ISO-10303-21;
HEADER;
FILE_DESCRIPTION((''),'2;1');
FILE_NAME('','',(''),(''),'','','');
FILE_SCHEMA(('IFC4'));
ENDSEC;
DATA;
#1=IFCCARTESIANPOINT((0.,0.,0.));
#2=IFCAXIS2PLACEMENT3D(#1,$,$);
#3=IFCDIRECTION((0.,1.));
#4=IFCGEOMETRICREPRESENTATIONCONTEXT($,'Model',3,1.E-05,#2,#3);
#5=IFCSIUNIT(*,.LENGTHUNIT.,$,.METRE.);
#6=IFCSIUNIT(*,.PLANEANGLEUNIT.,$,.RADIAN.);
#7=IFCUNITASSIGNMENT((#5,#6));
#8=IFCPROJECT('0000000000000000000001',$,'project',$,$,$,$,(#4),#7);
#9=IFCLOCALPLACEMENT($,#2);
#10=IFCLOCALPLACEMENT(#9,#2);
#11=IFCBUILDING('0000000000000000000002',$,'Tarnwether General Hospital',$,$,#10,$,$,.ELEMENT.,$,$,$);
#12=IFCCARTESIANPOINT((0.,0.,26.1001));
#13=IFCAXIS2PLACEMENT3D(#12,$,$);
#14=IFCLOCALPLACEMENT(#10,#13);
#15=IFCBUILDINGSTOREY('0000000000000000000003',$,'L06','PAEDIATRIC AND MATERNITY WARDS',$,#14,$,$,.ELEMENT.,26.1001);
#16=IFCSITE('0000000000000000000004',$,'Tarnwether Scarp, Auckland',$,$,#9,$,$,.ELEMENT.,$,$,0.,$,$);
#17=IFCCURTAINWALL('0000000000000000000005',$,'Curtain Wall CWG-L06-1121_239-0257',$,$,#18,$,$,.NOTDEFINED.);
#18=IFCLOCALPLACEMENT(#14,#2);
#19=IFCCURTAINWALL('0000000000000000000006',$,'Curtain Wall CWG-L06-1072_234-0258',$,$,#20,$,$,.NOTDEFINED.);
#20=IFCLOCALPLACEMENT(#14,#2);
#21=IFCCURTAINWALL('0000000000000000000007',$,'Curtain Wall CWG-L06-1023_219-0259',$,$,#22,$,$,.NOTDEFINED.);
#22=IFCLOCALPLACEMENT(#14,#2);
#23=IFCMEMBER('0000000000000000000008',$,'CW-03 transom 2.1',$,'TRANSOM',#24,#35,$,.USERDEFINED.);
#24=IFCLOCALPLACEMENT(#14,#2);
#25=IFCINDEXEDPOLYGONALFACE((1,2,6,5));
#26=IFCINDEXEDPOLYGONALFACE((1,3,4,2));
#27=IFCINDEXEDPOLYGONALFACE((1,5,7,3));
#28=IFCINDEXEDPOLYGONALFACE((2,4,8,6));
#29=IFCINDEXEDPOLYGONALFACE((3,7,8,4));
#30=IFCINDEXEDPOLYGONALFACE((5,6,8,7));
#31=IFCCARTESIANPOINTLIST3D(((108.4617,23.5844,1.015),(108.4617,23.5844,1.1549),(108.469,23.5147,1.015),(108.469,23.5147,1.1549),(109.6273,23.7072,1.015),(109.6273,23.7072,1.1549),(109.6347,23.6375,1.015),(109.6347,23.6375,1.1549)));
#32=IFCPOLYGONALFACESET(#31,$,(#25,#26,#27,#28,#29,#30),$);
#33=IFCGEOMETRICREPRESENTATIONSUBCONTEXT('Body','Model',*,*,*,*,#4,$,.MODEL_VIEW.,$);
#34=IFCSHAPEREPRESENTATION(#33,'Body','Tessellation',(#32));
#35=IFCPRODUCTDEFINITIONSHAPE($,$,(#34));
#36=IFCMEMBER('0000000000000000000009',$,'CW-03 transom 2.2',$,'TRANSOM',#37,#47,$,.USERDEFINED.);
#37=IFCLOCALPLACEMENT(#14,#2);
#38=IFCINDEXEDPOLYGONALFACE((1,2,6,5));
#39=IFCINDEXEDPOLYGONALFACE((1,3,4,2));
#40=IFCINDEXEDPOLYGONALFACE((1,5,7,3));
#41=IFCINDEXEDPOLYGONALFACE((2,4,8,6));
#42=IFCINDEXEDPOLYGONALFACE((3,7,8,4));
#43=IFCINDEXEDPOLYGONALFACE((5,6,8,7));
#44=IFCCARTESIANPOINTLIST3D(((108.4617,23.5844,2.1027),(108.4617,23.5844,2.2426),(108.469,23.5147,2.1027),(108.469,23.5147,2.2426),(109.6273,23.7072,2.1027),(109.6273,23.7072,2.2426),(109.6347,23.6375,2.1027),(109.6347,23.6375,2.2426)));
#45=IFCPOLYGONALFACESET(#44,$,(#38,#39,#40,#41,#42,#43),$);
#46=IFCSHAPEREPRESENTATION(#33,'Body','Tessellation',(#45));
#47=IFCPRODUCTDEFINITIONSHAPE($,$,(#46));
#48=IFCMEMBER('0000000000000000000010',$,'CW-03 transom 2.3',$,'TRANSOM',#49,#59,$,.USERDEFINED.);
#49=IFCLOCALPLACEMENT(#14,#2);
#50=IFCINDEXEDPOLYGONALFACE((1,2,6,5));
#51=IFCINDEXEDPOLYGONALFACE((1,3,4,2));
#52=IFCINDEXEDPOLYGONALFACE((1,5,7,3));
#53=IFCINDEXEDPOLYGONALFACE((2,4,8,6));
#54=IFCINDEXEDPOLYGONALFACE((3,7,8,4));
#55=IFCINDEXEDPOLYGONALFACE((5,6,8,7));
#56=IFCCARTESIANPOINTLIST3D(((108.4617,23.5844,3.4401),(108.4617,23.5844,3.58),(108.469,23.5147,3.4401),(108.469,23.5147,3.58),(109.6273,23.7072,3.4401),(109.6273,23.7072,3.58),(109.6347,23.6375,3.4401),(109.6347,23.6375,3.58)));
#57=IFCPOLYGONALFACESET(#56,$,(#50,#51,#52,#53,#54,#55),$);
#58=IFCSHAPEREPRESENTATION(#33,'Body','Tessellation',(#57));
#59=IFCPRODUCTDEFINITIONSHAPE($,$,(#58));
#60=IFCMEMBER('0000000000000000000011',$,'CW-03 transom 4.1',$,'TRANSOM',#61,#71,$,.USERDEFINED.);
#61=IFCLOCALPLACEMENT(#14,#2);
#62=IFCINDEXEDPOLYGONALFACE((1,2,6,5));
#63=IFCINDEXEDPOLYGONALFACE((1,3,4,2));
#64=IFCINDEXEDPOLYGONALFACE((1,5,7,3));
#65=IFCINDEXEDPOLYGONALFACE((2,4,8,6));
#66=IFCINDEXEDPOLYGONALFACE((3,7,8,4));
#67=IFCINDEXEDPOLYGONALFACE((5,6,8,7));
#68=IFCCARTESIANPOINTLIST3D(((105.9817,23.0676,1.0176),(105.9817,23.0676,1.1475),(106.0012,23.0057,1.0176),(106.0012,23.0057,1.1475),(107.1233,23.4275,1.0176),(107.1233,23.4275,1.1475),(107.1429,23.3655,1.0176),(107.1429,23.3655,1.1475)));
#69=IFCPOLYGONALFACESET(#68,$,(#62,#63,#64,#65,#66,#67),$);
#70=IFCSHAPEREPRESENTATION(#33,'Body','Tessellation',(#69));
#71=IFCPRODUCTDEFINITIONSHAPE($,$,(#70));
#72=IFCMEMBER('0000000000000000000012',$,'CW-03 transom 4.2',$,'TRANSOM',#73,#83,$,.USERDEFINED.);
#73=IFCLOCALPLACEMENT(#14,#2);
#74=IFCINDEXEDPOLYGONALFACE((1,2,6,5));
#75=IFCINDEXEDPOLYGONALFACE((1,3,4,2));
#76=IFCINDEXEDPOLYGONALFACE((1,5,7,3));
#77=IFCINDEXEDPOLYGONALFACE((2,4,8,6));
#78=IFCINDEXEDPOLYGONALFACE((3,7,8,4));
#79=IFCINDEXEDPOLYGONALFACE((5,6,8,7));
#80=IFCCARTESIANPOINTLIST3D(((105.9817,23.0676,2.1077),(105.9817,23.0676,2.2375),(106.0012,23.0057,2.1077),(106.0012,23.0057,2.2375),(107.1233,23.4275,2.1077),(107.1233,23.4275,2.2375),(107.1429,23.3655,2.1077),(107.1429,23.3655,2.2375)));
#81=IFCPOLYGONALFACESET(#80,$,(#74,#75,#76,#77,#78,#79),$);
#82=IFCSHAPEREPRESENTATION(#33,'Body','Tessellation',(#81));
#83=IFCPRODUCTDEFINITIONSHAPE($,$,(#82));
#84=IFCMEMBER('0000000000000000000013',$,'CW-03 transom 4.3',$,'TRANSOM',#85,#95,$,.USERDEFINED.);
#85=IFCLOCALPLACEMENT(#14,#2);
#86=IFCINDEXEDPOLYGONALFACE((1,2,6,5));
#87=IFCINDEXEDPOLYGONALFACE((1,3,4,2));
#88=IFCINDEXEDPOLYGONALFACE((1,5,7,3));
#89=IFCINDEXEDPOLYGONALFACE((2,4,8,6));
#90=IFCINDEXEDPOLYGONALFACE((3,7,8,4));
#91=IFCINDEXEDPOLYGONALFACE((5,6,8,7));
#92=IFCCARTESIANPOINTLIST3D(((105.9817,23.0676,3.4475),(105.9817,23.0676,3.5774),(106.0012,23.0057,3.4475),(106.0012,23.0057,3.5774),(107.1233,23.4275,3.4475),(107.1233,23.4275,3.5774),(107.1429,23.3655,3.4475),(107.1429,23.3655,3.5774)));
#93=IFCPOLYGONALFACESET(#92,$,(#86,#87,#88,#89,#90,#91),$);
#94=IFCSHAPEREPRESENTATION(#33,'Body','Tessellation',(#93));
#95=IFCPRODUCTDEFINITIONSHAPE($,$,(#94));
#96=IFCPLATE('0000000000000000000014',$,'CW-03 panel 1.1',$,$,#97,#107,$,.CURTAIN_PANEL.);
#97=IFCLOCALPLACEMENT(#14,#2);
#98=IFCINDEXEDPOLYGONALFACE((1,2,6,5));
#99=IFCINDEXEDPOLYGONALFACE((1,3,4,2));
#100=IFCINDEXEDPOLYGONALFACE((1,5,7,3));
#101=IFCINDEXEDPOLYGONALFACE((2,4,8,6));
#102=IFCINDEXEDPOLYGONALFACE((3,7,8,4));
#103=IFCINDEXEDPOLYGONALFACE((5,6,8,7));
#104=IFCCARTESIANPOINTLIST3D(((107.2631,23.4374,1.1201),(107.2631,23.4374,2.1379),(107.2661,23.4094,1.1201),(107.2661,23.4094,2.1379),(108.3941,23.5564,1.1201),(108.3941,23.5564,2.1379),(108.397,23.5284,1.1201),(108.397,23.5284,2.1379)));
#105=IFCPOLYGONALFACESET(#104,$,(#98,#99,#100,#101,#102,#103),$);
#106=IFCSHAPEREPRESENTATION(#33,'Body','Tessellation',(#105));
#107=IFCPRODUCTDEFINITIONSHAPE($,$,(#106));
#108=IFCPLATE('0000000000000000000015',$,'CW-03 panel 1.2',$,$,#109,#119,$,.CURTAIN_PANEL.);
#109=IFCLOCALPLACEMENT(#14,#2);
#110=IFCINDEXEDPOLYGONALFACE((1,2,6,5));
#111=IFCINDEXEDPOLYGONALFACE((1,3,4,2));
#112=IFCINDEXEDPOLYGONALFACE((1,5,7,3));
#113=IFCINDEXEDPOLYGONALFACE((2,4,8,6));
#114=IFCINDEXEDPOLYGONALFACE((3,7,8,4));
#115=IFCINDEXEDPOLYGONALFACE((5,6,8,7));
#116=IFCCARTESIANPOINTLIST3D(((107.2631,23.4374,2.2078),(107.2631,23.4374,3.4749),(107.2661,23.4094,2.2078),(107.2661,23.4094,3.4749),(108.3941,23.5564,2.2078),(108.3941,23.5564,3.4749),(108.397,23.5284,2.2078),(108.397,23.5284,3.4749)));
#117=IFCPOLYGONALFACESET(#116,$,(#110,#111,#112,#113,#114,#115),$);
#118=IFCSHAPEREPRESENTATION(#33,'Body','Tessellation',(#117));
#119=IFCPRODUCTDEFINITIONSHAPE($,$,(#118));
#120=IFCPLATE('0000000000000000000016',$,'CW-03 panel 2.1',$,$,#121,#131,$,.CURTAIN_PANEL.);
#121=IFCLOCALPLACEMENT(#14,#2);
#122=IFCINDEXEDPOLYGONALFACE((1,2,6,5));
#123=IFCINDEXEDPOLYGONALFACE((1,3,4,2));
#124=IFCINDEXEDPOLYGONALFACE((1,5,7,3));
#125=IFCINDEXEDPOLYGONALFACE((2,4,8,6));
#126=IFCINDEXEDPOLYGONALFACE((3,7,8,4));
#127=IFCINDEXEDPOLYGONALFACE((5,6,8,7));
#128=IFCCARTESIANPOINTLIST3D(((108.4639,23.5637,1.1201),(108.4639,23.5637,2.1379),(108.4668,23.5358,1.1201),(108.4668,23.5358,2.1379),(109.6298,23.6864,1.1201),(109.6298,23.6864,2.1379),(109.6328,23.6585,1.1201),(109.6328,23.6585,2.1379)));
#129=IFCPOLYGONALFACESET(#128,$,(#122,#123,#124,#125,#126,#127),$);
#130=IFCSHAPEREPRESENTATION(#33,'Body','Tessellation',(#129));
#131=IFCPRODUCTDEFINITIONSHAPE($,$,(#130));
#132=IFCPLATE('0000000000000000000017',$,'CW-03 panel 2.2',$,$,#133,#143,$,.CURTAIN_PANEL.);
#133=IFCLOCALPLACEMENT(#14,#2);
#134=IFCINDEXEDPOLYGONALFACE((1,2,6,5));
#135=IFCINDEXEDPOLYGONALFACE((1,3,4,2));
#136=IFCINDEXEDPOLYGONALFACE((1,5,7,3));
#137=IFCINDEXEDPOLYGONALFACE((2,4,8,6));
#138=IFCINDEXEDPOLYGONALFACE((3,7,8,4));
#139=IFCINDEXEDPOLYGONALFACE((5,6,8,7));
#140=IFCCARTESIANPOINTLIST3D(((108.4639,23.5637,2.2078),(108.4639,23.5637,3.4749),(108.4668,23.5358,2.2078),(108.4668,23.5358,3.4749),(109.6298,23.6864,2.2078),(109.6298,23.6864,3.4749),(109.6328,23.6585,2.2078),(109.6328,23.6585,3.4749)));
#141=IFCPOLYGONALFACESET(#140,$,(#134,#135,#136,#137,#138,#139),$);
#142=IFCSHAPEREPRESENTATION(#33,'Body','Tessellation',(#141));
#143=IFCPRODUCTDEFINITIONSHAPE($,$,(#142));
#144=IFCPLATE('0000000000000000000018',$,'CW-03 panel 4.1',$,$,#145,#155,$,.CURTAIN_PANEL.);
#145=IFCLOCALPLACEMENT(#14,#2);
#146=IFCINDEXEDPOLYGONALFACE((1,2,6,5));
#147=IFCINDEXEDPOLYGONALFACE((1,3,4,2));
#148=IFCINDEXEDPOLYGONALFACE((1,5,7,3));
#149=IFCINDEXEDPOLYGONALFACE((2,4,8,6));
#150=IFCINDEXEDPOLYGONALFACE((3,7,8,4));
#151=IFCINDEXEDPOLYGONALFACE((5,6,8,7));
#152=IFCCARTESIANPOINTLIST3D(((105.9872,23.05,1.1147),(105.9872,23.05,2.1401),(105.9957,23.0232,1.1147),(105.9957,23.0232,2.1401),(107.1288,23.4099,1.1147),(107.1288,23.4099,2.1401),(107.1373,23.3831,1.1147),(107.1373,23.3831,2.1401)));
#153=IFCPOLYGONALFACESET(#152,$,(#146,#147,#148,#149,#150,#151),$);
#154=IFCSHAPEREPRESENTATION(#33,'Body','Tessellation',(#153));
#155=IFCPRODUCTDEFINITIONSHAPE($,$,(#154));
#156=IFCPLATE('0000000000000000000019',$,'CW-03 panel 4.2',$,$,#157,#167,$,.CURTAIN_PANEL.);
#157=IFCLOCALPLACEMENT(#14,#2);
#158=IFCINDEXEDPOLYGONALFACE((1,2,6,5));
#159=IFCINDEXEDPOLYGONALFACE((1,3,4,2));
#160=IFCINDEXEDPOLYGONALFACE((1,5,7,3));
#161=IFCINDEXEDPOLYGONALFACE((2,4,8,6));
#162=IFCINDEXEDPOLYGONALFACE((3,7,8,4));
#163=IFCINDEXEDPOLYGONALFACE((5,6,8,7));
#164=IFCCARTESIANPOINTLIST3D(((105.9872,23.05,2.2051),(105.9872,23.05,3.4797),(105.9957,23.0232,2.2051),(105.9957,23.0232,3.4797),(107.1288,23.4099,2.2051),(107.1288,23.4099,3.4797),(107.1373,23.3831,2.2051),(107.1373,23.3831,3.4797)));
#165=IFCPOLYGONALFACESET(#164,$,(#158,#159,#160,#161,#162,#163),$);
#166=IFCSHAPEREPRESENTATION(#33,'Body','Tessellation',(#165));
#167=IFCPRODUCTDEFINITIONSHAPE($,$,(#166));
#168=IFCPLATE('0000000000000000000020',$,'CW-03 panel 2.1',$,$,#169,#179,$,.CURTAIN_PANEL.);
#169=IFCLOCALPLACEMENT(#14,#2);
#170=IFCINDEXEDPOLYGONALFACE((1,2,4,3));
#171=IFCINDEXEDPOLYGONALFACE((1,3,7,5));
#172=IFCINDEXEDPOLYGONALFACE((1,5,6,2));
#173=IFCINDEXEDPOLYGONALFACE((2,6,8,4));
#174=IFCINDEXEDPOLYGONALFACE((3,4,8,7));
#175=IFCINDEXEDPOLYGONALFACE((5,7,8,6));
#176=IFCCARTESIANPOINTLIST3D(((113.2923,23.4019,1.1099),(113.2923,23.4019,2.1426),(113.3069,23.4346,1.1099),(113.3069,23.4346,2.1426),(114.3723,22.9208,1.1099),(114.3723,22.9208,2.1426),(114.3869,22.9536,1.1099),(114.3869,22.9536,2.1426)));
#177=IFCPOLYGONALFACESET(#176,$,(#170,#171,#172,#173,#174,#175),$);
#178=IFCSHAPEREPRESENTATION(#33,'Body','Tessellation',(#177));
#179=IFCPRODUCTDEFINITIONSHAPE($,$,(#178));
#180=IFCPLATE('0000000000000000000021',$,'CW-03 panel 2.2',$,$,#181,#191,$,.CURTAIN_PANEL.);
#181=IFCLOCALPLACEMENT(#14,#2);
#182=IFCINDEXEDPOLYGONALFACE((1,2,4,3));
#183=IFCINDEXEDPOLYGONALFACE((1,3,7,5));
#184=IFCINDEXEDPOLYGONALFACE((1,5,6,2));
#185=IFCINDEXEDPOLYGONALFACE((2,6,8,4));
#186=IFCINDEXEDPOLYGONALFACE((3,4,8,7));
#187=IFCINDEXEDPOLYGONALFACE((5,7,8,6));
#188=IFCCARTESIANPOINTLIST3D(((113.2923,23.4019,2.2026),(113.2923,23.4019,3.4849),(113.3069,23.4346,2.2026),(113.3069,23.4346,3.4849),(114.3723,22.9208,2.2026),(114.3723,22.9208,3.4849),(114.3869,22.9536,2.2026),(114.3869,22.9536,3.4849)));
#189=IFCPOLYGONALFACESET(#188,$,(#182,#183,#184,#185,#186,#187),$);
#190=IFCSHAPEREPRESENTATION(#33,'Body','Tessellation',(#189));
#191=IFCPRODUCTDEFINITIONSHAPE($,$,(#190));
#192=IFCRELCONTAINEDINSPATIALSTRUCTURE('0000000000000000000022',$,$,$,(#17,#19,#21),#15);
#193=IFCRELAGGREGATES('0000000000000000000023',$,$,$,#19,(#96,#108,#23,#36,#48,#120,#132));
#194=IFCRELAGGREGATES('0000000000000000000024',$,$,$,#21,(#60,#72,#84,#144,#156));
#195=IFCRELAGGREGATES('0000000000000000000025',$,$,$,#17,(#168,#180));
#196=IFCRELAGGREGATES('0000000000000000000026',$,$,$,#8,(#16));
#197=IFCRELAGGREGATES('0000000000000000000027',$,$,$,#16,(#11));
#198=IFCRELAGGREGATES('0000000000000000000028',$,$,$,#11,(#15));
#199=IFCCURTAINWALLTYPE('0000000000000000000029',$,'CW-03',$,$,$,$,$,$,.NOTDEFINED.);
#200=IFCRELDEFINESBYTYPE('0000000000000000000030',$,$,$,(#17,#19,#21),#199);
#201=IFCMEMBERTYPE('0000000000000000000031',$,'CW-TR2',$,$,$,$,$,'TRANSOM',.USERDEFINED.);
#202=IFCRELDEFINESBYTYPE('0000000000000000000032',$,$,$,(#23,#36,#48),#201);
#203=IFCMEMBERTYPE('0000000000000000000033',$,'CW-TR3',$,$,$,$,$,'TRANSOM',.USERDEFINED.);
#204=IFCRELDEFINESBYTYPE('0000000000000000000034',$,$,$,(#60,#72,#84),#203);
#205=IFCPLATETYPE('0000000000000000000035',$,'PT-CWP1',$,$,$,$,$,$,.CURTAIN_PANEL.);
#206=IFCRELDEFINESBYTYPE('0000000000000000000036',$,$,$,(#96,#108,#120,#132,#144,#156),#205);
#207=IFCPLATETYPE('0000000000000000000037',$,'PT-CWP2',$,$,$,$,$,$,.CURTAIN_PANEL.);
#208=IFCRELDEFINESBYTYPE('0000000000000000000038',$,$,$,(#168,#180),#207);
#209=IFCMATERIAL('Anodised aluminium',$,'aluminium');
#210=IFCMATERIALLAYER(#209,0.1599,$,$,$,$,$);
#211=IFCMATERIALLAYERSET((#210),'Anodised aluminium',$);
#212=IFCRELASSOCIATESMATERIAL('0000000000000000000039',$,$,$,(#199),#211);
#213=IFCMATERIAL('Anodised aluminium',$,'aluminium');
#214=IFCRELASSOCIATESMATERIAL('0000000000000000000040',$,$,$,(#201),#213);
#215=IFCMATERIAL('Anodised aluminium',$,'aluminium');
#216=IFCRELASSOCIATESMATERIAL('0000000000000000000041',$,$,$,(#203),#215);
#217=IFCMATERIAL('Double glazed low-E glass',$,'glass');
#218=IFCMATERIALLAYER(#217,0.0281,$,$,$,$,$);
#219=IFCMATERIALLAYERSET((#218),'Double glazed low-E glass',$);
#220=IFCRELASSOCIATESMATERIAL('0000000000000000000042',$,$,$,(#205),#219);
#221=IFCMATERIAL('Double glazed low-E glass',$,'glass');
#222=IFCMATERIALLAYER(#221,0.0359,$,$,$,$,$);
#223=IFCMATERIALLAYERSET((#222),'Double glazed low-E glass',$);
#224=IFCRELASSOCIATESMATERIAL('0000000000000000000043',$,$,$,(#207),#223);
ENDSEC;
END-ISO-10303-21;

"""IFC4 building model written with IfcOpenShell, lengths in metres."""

from ifc_helpers import new_model, si_unit, direction, frame, origin, origin_2d, place, context, subcontext, project, spatial, rectangle, extrude, material, layer, layer_set, material_profile, profile_set, type_object, element, aggregate, save


model = new_model("IFC4")

# Units and contexts
model_context = context("Model", 3, precision=1e-05, world=origin(), true_north=direction((0.0, 1.0)))
body_context = subcontext(model_context, "Body", "Model", "MODEL_VIEW")
ifc_project = project(units=[si_unit("LENGTHUNIT", "METRE"), si_unit("PLANEANGLEUNIT", "RADIAN")], contexts=[model_context])

# Site, building, storey
site_placement = place(None, origin())
site = spatial("IfcSite", under=ifc_project, at=site_placement, Name="Tarnwether Scarp, Auckland", CompositionType="ELEMENT", RefElevation=0.0)
building_placement = place(site_placement, origin())
building = spatial("IfcBuilding", under=site, at=building_placement, Name="Tarnwether General Hospital", CompositionType="ELEMENT")
storey_placement = place(building_placement, frame((0.0, 0.0, 26.1001)))
storey = spatial("IfcBuildingStorey", under=building, at=storey_placement, Name="L06", Description="PAEDIATRIC AND MATERNITY WARDS", CompositionType="ELEMENT", Elevation=26.1001)

# Curtain walls
ifc_material_1 = material(Name="Anodised aluminium", Category="aluminium")
ifc_layer_1 = layer(ifc_material_1, 0.1599)
ifc_layer_set_1 = layer_set([ifc_layer_1], Name="Anodised aluminium")
curtain_wall_type = type_object("IfcCurtainWallType", Name="CW-03", PredefinedType="NOTDEFINED", material=ifc_layer_set_1)
curtain_wall_1_placement = place(storey_placement, origin())
curtain_wall_1 = element("IfcCurtainWall", 1, at=curtain_wall_1_placement, inside=storey, type_object=curtain_wall_type, Name="Curtain Wall CWG-L06-1121_239-0257", PredefinedType="NOTDEFINED")
curtain_wall_2_placement = place(storey_placement, origin())
curtain_wall_2 = element("IfcCurtainWall", 2, at=curtain_wall_2_placement, inside=storey, type_object=curtain_wall_type, Name="Curtain Wall CWG-L06-1072_234-0258", PredefinedType="NOTDEFINED")
curtain_wall_3_placement = place(storey_placement, origin())
curtain_wall_3 = element("IfcCurtainWall", 3, at=curtain_wall_3_placement, inside=storey, type_object=curtain_wall_type, Name="Curtain Wall CWG-L06-1023_219-0259", PredefinedType="NOTDEFINED")

# Members
ifc_material_2 = material(Name="Anodised aluminium", Category="aluminium")
ifc_material_profile_1 = material_profile(ifc_material_2, rectangle(XDim=0.0701, YDim=0.1399, at=origin_2d()), Name="ALU-TRN-70x140")
ifc_profile_set_1 = profile_set([ifc_material_profile_1], Name="Anodised aluminium")
member_type_1 = type_object("IfcMemberType", Name="CW-TR2", ElementType="TRANSOM", PredefinedType="USERDEFINED", material=ifc_profile_set_1)
member_1_placement = place(storey_placement, frame((108.4653, 23.5496, 1.085), z_axis=(0.994497, 0.104761, 0.0), x_axis=(-0.104761, 0.994497, 0.0)))
member_1 = element("IfcMember", 4, at=member_1_placement, type_object=member_type_1, Name="CW-03 transom 2.1", ObjectType="TRANSOM", PredefinedType="USERDEFINED", context=body_context, shape_type="SweptSolid", body=[
    extrude(rectangle(XDim=0.0701, YDim=0.1399, at=origin_2d()), origin(), (0.0, 0.0, 1.0), 1.1721),
])
member_2_placement = place(storey_placement, frame((108.4653, 23.5496, 2.1726), z_axis=(0.994497, 0.104761, 0.0), x_axis=(-0.104761, 0.994497, 0.0)))
member_2 = element("IfcMember", 5, at=member_2_placement, type_object=member_type_1, Name="CW-03 transom 2.2", ObjectType="TRANSOM", PredefinedType="USERDEFINED", context=body_context, shape_type="SweptSolid", body=[
    extrude(rectangle(XDim=0.0701, YDim=0.1399, at=origin_2d()), origin(), (0.0, 0.0, 1.0), 1.1721),
])
member_3_placement = place(storey_placement, frame((108.4653, 23.5496, 3.51), z_axis=(0.994497, 0.104761, 0.0), x_axis=(-0.104761, 0.994497, 0.0)))
member_3 = element("IfcMember", 6, at=member_3_placement, type_object=member_type_1, Name="CW-03 transom 2.3", ObjectType="TRANSOM", PredefinedType="USERDEFINED", context=body_context, shape_type="SweptSolid", body=[
    extrude(rectangle(XDim=0.0701, YDim=0.1399, at=origin_2d()), origin(), (0.0, 0.0, 1.0), 1.1721),
])
ifc_material_3 = material(Name="Anodised aluminium", Category="aluminium")
ifc_material_profile_2 = material_profile(ifc_material_3, rectangle(XDim=0.0649, YDim=0.1299, at=origin_2d()), Name="ALU-TRN-65x130")
ifc_profile_set_2 = profile_set([ifc_material_profile_2], Name="Anodised aluminium")
member_type_2 = type_object("IfcMemberType", Name="CW-TR3", ElementType="TRANSOM", PredefinedType="USERDEFINED", material=ifc_profile_set_2)
member_4_placement = place(storey_placement, frame((105.9915, 23.0366, 1.0825), z_axis=(0.953737, 0.300643, 0.0), x_axis=(-0.300643, 0.953737, 0.0)))
member_4 = element("IfcMember", 7, at=member_4_placement, type_object=member_type_2, Name="CW-03 transom 4.1", ObjectType="TRANSOM", PredefinedType="USERDEFINED", context=body_context, shape_type="SweptSolid", body=[
    extrude(rectangle(XDim=0.0649, YDim=0.1299, at=origin_2d()), origin(), (0.0, 0.0, 1.0), 1.197),
])
member_5_placement = place(storey_placement, frame((105.9915, 23.0366, 2.1726), z_axis=(0.953737, 0.300643, 0.0), x_axis=(-0.300643, 0.953737, 0.0)))
member_5 = element("IfcMember", 8, at=member_5_placement, type_object=member_type_2, Name="CW-03 transom 4.2", ObjectType="TRANSOM", PredefinedType="USERDEFINED", context=body_context, shape_type="SweptSolid", body=[
    extrude(rectangle(XDim=0.0649, YDim=0.1299, at=origin_2d()), origin(), (0.0, 0.0, 1.0), 1.197),
])
member_6_placement = place(storey_placement, frame((105.9915, 23.0366, 3.5125), z_axis=(0.953737, 0.300643, 0.0), x_axis=(-0.300643, 0.953737, 0.0)))
member_6 = element("IfcMember", 9, at=member_6_placement, type_object=member_type_2, Name="CW-03 transom 4.3", ObjectType="TRANSOM", PredefinedType="USERDEFINED", context=body_context, shape_type="SweptSolid", body=[
    extrude(rectangle(XDim=0.0649, YDim=0.1299, at=origin_2d()), origin(), (0.0, 0.0, 1.0), 1.197),
])

# Plates
ifc_material_4 = material(Name="Double glazed low-E glass", Category="glass")
ifc_layer_2 = layer(ifc_material_4, 0.0281)
ifc_layer_set_2 = layer_set([ifc_layer_2], Name="Double glazed low-E glass")
plate_type_1 = type_object("IfcPlateType", Name="PT-CWP1", PredefinedType="CURTAIN_PANEL", material=ifc_layer_set_2)
plate_1_placement = place(storey_placement, frame((107.8301, 23.4829, 1.1201), z_axis=(0.0, 0.0, 1.0), x_axis=(0.99451, 0.104643, 0.0)))
plate_1 = element("IfcPlate", 10, at=plate_1_placement, type_object=plate_type_1, Name="CW-03 panel 1.1", PredefinedType="CURTAIN_PANEL", context=body_context, shape_type="SweptSolid", body=[
    extrude(rectangle(XDim=1.1372, YDim=0.0281, at=origin_2d()), origin(), (0.0, 0.0, 1.0), 1.0178),
])
plate_2_placement = place(storey_placement, frame((107.8301, 23.4829, 2.2078), z_axis=(0.0, 0.0, 1.0), x_axis=(0.99451, 0.104643, 0.0)))
plate_2 = element("IfcPlate", 11, at=plate_2_placement, type_object=plate_type_1, Name="CW-03 panel 1.2", PredefinedType="CURTAIN_PANEL", context=body_context, shape_type="SweptSolid", body=[
    extrude(rectangle(XDim=1.1372, YDim=0.0281, at=origin_2d()), origin(), (0.0, 0.0, 1.0), 1.2671),
])
plate_3_placement = place(storey_placement, frame((109.0483, 23.6111, 1.1201), z_axis=(0.0, 0.0, 1.0), x_axis=(0.99451, 0.104643, 0.0)))
plate_3 = element("IfcPlate", 12, at=plate_3_placement, type_object=plate_type_1, Name="CW-03 panel 2.1", PredefinedType="CURTAIN_PANEL", context=body_context, shape_type="SweptSolid", body=[
    extrude(rectangle(XDim=1.1724, YDim=0.0281, at=origin_2d()), origin(), (0.0, 0.0, 1.0), 1.0178),
])
plate_4_placement = place(storey_placement, frame((109.0483, 23.6111, 2.2078), z_axis=(0.0, 0.0, 1.0), x_axis=(0.99451, 0.104643, 0.0)))
plate_4 = element("IfcPlate", 13, at=plate_4_placement, type_object=plate_type_1, Name="CW-03 panel 2.2", PredefinedType="CURTAIN_PANEL", context=body_context, shape_type="SweptSolid", body=[
    extrude(rectangle(XDim=1.1724, YDim=0.0281, at=origin_2d()), origin(), (0.0, 0.0, 1.0), 1.2671),
])
aggregate(curtain_wall_2, [plate_1, plate_2, member_1, member_2, member_3, plate_3, plate_4])
plate_5_placement = place(storey_placement, frame((106.5623, 23.2166, 1.1147), z_axis=(0.0, 0.0, 1.0), x_axis=(0.953714, 0.300715, 0.0)))
plate_5 = element("IfcPlate", 14, at=plate_5_placement, type_object=plate_type_1, Name="CW-03 panel 4.1", PredefinedType="CURTAIN_PANEL", context=body_context, shape_type="SweptSolid", body=[
    extrude(rectangle(XDim=1.197, YDim=0.0281, at=origin_2d()), origin(), (0.0, 0.0, 1.0), 1.0254),
])
plate_6_placement = place(storey_placement, frame((106.5623, 23.2166, 2.2051), z_axis=(0.0, 0.0, 1.0), x_axis=(0.953714, 0.300715, 0.0)))
plate_6 = element("IfcPlate", 15, at=plate_6_placement, type_object=plate_type_1, Name="CW-03 panel 4.2", PredefinedType="CURTAIN_PANEL", context=body_context, shape_type="SweptSolid", body=[
    extrude(rectangle(XDim=1.197, YDim=0.0281, at=origin_2d()), origin(), (0.0, 0.0, 1.0), 1.2747),
])
aggregate(curtain_wall_3, [member_4, member_5, member_6, plate_5, plate_6])
ifc_material_5 = material(Name="Double glazed low-E glass", Category="glass")
ifc_layer_3 = layer(ifc_material_5, 0.0359)
ifc_layer_set_3 = layer_set([ifc_layer_3], Name="Double glazed low-E glass")
plate_type_2 = type_object("IfcPlateType", Name="PT-CWP2", PredefinedType="CURTAIN_PANEL", material=ifc_layer_set_3)
plate_7_placement = place(storey_placement, frame((113.8396, 23.1777, 1.1099), z_axis=(0.0, 0.0, 1.0), x_axis=(0.913496, -0.406848, 0.0)))
plate_7 = element("IfcPlate", 16, at=plate_7_placement, type_object=plate_type_2, Name="CW-03 panel 2.1", PredefinedType="CURTAIN_PANEL", context=body_context, shape_type="SweptSolid", body=[
    extrude(rectangle(XDim=1.1824, YDim=0.0359, at=origin_2d()), origin(), (0.0, 0.0, 1.0), 1.0327),
])
plate_8_placement = place(storey_placement, frame((113.8396, 23.1777, 2.2026), z_axis=(0.0, 0.0, 1.0), x_axis=(0.913496, -0.406848, 0.0)))
plate_8 = element("IfcPlate", 17, at=plate_8_placement, type_object=plate_type_2, Name="CW-03 panel 2.2", PredefinedType="CURTAIN_PANEL", context=body_context, shape_type="SweptSolid", body=[
    extrude(rectangle(XDim=1.1824, YDim=0.0359, at=origin_2d()), origin(), (0.0, 0.0, 1.0), 1.2822),
])
aggregate(curtain_wall_1, [plate_7, plate_8])

save(model, "model.ifc")
